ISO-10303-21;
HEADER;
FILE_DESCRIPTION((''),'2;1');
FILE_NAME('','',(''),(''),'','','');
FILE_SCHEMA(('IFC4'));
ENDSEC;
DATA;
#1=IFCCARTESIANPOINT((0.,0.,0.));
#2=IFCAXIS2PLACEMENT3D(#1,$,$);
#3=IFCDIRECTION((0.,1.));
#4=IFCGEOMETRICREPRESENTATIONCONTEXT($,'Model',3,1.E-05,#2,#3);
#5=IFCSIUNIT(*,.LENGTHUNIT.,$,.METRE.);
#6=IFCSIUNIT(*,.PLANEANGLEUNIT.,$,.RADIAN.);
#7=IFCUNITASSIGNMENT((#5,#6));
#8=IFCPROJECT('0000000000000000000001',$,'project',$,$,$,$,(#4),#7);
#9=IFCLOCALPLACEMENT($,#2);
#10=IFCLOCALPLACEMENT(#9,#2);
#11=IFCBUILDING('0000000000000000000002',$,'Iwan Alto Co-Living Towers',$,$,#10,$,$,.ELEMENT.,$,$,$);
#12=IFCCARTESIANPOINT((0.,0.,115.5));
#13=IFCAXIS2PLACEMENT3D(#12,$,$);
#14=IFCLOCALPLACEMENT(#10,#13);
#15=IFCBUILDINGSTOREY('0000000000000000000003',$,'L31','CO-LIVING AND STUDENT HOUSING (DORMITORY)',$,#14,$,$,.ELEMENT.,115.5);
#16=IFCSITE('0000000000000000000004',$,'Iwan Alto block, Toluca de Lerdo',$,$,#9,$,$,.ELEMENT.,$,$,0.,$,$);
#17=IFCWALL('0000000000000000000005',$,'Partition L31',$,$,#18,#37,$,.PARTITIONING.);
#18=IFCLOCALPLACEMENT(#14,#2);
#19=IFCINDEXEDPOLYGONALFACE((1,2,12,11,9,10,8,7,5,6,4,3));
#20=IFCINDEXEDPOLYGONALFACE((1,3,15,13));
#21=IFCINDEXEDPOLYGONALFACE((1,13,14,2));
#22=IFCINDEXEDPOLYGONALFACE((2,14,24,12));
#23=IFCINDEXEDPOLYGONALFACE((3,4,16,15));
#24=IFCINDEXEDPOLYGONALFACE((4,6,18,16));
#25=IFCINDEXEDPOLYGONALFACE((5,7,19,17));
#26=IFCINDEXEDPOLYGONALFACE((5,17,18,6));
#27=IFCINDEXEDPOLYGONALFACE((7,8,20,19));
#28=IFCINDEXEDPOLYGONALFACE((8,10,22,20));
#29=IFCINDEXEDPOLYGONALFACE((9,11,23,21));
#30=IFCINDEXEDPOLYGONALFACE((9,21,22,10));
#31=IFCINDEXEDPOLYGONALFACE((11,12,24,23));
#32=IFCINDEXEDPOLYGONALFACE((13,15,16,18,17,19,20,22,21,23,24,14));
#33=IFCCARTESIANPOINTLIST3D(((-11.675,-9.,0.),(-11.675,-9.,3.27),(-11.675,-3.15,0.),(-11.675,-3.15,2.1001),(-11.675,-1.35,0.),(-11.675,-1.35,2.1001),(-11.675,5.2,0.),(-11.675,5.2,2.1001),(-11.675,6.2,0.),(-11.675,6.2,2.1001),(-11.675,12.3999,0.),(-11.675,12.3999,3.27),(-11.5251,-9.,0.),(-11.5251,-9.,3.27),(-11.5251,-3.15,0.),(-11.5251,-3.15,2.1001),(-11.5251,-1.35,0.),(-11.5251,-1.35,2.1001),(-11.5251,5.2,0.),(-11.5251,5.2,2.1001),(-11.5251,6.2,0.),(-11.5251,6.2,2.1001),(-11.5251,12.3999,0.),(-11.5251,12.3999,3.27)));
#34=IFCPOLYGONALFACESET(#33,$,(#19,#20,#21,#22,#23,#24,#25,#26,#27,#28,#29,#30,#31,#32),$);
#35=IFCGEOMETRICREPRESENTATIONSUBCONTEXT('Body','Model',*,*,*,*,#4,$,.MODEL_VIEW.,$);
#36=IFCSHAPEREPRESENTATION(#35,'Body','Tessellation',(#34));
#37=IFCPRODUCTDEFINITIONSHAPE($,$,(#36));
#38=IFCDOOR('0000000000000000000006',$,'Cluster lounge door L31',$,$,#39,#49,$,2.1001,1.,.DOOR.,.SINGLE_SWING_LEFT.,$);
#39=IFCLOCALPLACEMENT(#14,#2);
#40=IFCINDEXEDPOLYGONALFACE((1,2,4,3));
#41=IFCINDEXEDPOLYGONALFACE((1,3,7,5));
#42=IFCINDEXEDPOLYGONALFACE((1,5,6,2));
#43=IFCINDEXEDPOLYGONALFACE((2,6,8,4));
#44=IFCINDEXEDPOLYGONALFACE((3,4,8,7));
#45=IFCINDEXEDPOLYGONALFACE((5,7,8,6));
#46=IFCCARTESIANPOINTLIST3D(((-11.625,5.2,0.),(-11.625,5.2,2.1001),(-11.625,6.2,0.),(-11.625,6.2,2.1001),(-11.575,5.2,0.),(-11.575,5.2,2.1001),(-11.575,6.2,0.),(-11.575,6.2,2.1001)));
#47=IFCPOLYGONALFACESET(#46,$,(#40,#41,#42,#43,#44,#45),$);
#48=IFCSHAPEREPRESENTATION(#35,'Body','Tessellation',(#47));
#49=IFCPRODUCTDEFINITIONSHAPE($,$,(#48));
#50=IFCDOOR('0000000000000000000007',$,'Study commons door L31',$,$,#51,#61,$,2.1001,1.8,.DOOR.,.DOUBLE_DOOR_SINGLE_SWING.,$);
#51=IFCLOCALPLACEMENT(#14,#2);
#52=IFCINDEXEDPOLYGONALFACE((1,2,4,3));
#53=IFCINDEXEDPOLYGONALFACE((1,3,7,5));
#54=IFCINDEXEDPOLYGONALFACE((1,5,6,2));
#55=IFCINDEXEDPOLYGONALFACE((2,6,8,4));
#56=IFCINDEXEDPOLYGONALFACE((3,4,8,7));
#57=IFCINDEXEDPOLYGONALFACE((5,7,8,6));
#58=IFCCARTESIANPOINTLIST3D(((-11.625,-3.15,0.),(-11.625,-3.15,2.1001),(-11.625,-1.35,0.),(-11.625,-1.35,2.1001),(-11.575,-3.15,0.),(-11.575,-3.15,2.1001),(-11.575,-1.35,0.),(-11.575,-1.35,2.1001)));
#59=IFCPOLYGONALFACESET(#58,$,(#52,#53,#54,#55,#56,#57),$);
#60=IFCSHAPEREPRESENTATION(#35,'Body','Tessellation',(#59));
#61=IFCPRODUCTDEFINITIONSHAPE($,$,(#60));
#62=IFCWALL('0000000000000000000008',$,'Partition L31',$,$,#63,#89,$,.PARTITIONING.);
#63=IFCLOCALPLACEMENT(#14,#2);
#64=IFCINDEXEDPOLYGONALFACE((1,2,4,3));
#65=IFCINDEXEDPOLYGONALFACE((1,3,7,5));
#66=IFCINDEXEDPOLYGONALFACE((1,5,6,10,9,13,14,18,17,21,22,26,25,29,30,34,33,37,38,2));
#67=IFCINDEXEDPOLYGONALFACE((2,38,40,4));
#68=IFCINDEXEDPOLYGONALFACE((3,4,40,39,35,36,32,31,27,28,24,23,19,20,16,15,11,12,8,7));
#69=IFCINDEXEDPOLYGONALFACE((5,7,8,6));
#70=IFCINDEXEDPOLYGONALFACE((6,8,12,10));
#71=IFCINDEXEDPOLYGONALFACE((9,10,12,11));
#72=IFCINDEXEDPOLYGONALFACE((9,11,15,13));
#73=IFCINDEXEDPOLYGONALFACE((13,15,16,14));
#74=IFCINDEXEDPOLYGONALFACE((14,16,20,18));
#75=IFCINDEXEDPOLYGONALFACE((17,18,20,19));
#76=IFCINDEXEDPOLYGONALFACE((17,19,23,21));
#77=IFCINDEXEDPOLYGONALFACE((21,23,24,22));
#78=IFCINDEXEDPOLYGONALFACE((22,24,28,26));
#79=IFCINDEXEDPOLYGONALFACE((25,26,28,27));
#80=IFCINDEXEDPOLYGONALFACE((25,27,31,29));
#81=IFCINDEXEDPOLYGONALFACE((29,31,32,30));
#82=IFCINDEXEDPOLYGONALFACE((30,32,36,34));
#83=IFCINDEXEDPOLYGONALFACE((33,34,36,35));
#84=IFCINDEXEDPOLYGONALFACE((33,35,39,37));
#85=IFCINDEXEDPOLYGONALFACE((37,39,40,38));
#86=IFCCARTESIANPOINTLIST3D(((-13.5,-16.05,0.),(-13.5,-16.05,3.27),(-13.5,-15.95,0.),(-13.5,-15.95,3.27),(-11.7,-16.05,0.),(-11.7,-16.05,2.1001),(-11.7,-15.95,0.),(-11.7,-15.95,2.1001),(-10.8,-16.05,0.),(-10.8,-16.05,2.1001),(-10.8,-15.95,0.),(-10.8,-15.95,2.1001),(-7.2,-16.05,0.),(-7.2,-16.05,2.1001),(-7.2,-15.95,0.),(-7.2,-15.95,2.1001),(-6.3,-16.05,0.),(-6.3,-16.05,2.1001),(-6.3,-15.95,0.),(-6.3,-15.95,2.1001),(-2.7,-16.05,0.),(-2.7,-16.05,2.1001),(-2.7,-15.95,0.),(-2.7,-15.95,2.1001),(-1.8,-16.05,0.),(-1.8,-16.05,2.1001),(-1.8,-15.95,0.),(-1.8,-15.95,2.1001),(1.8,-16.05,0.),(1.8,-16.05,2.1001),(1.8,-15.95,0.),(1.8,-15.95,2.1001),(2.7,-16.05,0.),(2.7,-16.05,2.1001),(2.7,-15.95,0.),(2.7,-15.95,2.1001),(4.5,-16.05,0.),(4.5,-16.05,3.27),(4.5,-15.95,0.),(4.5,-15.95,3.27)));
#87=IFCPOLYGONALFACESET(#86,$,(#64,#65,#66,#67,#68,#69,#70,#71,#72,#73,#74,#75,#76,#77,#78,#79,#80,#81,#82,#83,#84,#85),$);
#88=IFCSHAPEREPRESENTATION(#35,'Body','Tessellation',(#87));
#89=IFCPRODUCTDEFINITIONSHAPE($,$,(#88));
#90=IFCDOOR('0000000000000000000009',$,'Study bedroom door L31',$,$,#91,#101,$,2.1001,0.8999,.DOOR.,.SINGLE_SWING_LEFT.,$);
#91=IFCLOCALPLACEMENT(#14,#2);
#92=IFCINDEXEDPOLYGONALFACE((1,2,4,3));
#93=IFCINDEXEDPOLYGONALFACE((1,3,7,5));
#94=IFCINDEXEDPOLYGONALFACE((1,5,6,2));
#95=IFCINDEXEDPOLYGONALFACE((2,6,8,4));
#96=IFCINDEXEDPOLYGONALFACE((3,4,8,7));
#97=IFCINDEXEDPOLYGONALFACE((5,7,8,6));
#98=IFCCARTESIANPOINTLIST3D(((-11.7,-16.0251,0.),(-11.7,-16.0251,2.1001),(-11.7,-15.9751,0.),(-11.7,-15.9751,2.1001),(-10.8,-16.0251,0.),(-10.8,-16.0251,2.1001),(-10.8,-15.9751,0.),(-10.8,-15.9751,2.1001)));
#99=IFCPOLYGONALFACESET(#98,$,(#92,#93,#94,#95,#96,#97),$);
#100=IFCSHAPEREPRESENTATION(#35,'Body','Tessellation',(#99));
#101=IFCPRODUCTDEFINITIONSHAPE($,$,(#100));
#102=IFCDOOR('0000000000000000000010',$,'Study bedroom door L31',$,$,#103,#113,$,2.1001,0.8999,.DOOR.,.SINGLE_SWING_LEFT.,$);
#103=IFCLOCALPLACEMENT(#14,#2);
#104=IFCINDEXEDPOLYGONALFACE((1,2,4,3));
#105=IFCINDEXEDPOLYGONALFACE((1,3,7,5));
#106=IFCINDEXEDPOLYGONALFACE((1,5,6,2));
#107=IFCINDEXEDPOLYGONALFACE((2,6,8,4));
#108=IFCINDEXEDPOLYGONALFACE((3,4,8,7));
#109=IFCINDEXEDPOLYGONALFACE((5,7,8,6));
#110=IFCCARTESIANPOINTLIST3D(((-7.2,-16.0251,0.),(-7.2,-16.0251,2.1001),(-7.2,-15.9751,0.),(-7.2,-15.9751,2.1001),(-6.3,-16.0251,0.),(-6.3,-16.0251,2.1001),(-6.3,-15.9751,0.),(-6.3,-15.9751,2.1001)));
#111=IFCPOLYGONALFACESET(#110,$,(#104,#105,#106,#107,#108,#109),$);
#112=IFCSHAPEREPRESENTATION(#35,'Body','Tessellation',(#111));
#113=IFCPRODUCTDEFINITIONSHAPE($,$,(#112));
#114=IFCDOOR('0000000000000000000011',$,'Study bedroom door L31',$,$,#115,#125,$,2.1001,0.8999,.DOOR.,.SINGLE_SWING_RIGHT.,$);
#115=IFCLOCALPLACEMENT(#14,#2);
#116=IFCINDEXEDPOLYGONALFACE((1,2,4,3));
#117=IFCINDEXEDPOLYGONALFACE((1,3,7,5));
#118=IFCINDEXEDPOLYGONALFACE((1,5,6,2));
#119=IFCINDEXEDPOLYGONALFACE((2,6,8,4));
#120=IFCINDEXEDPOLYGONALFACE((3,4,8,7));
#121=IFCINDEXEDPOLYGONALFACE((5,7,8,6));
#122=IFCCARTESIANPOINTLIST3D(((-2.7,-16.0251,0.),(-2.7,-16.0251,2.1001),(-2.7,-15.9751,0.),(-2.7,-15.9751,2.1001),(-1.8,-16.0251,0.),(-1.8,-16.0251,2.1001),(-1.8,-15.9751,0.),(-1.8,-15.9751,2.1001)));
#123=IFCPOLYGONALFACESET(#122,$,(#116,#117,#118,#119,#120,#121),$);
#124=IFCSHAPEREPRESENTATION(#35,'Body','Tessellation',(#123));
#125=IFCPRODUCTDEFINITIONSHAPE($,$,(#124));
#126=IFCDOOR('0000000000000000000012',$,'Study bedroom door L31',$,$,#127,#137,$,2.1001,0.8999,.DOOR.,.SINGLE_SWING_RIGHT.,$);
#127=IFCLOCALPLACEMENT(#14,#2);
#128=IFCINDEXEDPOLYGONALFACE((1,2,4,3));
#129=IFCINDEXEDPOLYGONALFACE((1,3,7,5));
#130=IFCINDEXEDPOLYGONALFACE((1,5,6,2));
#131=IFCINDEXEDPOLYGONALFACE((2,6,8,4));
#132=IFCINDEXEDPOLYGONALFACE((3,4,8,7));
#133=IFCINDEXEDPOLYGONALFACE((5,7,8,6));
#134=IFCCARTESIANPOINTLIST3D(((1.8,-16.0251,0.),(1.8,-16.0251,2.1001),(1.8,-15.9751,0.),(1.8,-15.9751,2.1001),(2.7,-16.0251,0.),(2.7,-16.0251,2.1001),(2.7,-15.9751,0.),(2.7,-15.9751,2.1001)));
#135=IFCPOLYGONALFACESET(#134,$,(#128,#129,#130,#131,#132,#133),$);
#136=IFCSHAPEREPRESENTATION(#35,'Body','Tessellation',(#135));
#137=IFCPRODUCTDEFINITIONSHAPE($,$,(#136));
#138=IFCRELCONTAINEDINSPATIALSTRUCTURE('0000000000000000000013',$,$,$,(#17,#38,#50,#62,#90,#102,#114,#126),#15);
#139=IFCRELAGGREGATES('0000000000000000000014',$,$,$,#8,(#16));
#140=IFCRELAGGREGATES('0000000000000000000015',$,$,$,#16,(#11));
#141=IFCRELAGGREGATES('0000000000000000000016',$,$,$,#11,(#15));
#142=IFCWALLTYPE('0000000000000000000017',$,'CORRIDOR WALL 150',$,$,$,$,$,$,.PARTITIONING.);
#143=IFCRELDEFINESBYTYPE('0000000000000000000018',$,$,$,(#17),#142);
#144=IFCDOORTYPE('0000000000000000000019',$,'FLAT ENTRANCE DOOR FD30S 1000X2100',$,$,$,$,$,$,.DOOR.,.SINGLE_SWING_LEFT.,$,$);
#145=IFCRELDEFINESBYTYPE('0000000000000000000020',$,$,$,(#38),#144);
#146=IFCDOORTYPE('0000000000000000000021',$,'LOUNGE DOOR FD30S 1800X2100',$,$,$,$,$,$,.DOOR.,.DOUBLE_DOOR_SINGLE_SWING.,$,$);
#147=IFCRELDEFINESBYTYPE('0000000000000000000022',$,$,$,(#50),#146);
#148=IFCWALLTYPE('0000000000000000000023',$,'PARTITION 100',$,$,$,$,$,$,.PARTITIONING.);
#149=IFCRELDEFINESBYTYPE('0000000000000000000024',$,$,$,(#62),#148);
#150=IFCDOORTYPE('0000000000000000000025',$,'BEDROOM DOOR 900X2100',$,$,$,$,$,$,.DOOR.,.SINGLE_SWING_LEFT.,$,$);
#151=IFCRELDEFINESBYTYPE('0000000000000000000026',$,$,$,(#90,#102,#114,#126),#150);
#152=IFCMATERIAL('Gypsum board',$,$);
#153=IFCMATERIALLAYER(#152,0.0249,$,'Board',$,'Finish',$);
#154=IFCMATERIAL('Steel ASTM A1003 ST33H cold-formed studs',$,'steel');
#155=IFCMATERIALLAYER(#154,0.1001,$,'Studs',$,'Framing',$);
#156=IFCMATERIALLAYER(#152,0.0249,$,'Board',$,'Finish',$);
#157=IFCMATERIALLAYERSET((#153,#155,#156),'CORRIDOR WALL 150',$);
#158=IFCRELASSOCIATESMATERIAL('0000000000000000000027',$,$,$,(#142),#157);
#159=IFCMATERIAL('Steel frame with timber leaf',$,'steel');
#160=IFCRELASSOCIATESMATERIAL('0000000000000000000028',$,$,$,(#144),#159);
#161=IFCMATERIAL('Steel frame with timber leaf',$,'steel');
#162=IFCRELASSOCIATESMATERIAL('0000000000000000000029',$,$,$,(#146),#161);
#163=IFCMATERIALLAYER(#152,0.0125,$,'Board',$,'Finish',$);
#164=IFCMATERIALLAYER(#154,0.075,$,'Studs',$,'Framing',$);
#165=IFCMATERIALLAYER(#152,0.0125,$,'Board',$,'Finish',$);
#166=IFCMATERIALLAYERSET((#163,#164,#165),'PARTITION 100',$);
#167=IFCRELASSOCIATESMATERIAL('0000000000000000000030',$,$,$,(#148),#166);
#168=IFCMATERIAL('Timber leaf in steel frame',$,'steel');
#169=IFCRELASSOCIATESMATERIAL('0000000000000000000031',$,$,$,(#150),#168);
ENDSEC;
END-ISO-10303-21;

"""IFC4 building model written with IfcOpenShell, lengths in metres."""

from ifc_helpers import new_model, si_unit, direction, frame, frame_2d, origin, place, context, subcontext, project, spatial, rectangle, extrude, material, layer, layer_set, type_object, element, fill, save


model = new_model("IFC4")

# Units and contexts
model_context = context("Model", 3, precision=1e-05, world=origin(), true_north=direction((0.0, 1.0)))
body_context = subcontext(model_context, "Body", "Model", "MODEL_VIEW")
ifc_project = project(units=[si_unit("LENGTHUNIT", "METRE"), si_unit("PLANEANGLEUNIT", "RADIAN")], contexts=[model_context])

# Site, building, storey
site_placement = place(None, origin())
site = spatial("IfcSite", under=ifc_project, at=site_placement, Name="Iwan Alto block, Toluca de Lerdo", CompositionType="ELEMENT", RefElevation=0.0)
building_placement = place(site_placement, origin())
building = spatial("IfcBuilding", under=site, at=building_placement, Name="Iwan Alto Co-Living Towers", CompositionType="ELEMENT")
storey_placement = place(building_placement, frame((0.0, 0.0, 115.5)))
storey = spatial("IfcBuildingStorey", under=building, at=storey_placement, Name="L31", Description="CO-LIVING AND STUDENT HOUSING (DORMITORY)", CompositionType="ELEMENT", Elevation=115.5)

# Shared definitions
ifc_material_1 = material(Name="Gypsum board")
ifc_layer_1 = layer(ifc_material_1, 0.0249, Name="Board", Category="Finish")
ifc_material_2 = material(Name="Steel ASTM A1003 ST33H cold-formed studs", Category="steel")
ifc_layer_2 = layer(ifc_material_2, 0.1001, Name="Studs", Category="Framing")
ifc_layer_3 = layer(ifc_material_1, 0.0249, Name="Board", Category="Finish")
ifc_layer_set_1 = layer_set([ifc_layer_1, ifc_layer_2, ifc_layer_3], Name="CORRIDOR WALL 150")
wall_type_1 = type_object("IfcWallType", Name="CORRIDOR WALL 150", PredefinedType="PARTITIONING", material=ifc_layer_set_1)
ifc_material_3 = material(Name="Steel frame with timber leaf", Category="steel")
door_type_1 = type_object("IfcDoorType", Name="FLAT ENTRANCE DOOR FD30S 1000X2100", OperationType="SINGLE_SWING_LEFT", PredefinedType="DOOR", material=ifc_material_3)

# Walls, openings, doors
wall_1_placement = place(storey_placement, frame((-11.6001, -9.0, 0.0), z_axis=(0.0, 0.0, 1.0), x_axis=(0.0, 1.0, 0.0)))
wall_1 = element("IfcWall", 1, at=wall_1_placement, inside=storey, type_object=wall_type_1, Name="Partition L31", PredefinedType="PARTITIONING", context=body_context, shape_type="SweptSolid", body=[
    extrude(rectangle(XDim=21.3999, YDim=0.1499, at=frame_2d((10.7, 0.0))), origin(), (0.0, 0.0, 1.0), 3.27),
])
opening_1_placement = place(wall_1_placement, frame((14.2, 0.0, 0.0)))
opening_1 = element("IfcOpeningElement", 2, at=opening_1_placement, cuts=wall_1, PredefinedType="OPENING", context=body_context, shape_type="SweptSolid", body=[
    extrude(rectangle(XDim=1.0, YDim=2.1001, at=frame_2d((0.5, 1.05))), frame((0.0, 0.085, 0.0), z_axis=(0.0, -1.0, 0.0), x_axis=(1.0, 0.0, 0.0)), (0.0, 0.0, 1.0), 0.1699),
])
opening_2_placement = place(wall_1_placement, frame((5.8501, 0.0, 0.0)))
opening_2 = element("IfcOpeningElement", 3, at=opening_2_placement, cuts=wall_1, PredefinedType="OPENING", context=body_context, shape_type="SweptSolid", body=[
    extrude(rectangle(XDim=1.8, YDim=2.1001, at=frame_2d((0.8999, 1.05))), frame((0.0, 0.085, 0.0), z_axis=(0.0, -1.0, 0.0), x_axis=(1.0, 0.0, 0.0)), (0.0, 0.0, 1.0), 0.1699),
])
door_1_placement = place(opening_1_placement, origin())
door_1 = element("IfcDoor", 4, at=door_1_placement, inside=storey, type_object=door_type_1, Name="Cluster lounge door L31", OperationType="SINGLE_SWING_LEFT", OverallHeight=2.1001, OverallWidth=1.0, PredefinedType="DOOR", context=body_context, shape_type="SweptSolid", body=[
    extrude(rectangle(XDim=1.0, YDim=2.1001, at=frame_2d((0.5, 1.05))), frame((0.0, 0.0249, 0.0), z_axis=(0.0, -1.0, 0.0), x_axis=(1.0, 0.0, 0.0)), (0.0, 0.0, 1.0), 0.05),
])
fill(opening_1, door_1)
ifc_material_4 = material(Name="Steel frame with timber leaf", Category="steel")
door_type_2 = type_object("IfcDoorType", Name="LOUNGE DOOR FD30S 1800X2100", OperationType="DOUBLE_DOOR_SINGLE_SWING", PredefinedType="DOOR", material=ifc_material_4)
door_2_placement = place(opening_2_placement, origin())
door_2 = element("IfcDoor", 5, at=door_2_placement, inside=storey, type_object=door_type_2, Name="Study commons door L31", OperationType="DOUBLE_DOOR_SINGLE_SWING", OverallHeight=2.1001, OverallWidth=1.8, PredefinedType="DOOR", context=body_context, shape_type="SweptSolid", body=[
    extrude(rectangle(XDim=1.8, YDim=2.1001, at=frame_2d((0.8999, 1.05))), frame((0.0, 0.0249, 0.0), z_axis=(0.0, -1.0, 0.0), x_axis=(1.0, 0.0, 0.0)), (0.0, 0.0, 1.0), 0.05),
])
fill(opening_2, door_2)
ifc_layer_4 = layer(ifc_material_1, 0.0125, Name="Board", Category="Finish")
ifc_layer_5 = layer(ifc_material_2, 0.075, Name="Studs", Category="Framing")
ifc_layer_6 = layer(ifc_material_1, 0.0125, Name="Board", Category="Finish")
ifc_layer_set_2 = layer_set([ifc_layer_4, ifc_layer_5, ifc_layer_6], Name="PARTITION 100")
wall_type_2 = type_object("IfcWallType", Name="PARTITION 100", PredefinedType="PARTITIONING", material=ifc_layer_set_2)
wall_2_placement = place(storey_placement, frame((-13.5, -16.0, 0.0), z_axis=(0.0, 0.0, 1.0), x_axis=(1.0, 0.0, 0.0)))
wall_2 = element("IfcWall", 6, at=wall_2_placement, inside=storey, type_object=wall_type_2, Name="Partition L31", PredefinedType="PARTITIONING", context=body_context, shape_type="SweptSolid", body=[
    extrude(rectangle(XDim=18.0, YDim=0.1001, at=frame_2d((9.0, 0.0))), origin(), (0.0, 0.0, 1.0), 3.27),
])
opening_3_placement = place(wall_2_placement, frame((1.8, 0.0, 0.0)))
opening_3 = element("IfcOpeningElement", 7, at=opening_3_placement, cuts=wall_2, PredefinedType="OPENING", context=body_context, shape_type="SweptSolid", body=[
    extrude(rectangle(XDim=0.8999, YDim=2.1001, at=frame_2d((0.45, 1.05))), frame((0.0, 0.0601, 0.0), z_axis=(0.0, -1.0, 0.0), x_axis=(1.0, 0.0, 0.0)), (0.0, 0.0, 1.0), 0.1201),
])
opening_4_placement = place(wall_2_placement, frame((6.3, 0.0, 0.0)))
opening_4 = element("IfcOpeningElement", 8, at=opening_4_placement, cuts=wall_2, PredefinedType="OPENING", context=body_context, shape_type="SweptSolid", body=[
    extrude(rectangle(XDim=0.8999, YDim=2.1001, at=frame_2d((0.45, 1.05))), frame((0.0, 0.0601, 0.0), z_axis=(0.0, -1.0, 0.0), x_axis=(1.0, 0.0, 0.0)), (0.0, 0.0, 1.0), 0.1201),
])
opening_5_placement = place(wall_2_placement, frame((10.8, 0.0, 0.0)))
opening_5 = element("IfcOpeningElement", 9, at=opening_5_placement, cuts=wall_2, PredefinedType="OPENING", context=body_context, shape_type="SweptSolid", body=[
    extrude(rectangle(XDim=0.8999, YDim=2.1001, at=frame_2d((0.45, 1.05))), frame((0.0, 0.0601, 0.0), z_axis=(0.0, -1.0, 0.0), x_axis=(1.0, 0.0, 0.0)), (0.0, 0.0, 1.0), 0.1201),
])
opening_6_placement = place(wall_2_placement, frame((15.3, 0.0, 0.0)))
opening_6 = element("IfcOpeningElement", 10, at=opening_6_placement, cuts=wall_2, PredefinedType="OPENING", context=body_context, shape_type="SweptSolid", body=[
    extrude(rectangle(XDim=0.8999, YDim=2.1001, at=frame_2d((0.45, 1.05))), frame((0.0, 0.0601, 0.0), z_axis=(0.0, -1.0, 0.0), x_axis=(1.0, 0.0, 0.0)), (0.0, 0.0, 1.0), 0.1201),
])
ifc_material_5 = material(Name="Timber leaf in steel frame", Category="steel")
door_type_3 = type_object("IfcDoorType", Name="BEDROOM DOOR 900X2100", OperationType="SINGLE_SWING_LEFT", PredefinedType="DOOR", material=ifc_material_5)
door_3_placement = place(opening_3_placement, origin())
door_3 = element("IfcDoor", 11, at=door_3_placement, inside=storey, type_object=door_type_3, Name="Study bedroom door L31", OperationType="SINGLE_SWING_LEFT", OverallHeight=2.1001, OverallWidth=0.8999, PredefinedType="DOOR", context=body_context, shape_type="SweptSolid", body=[
    extrude(rectangle(XDim=0.8999, YDim=2.1001, at=frame_2d((0.45, 1.05))), frame((0.0, 0.0249, 0.0), z_axis=(0.0, -1.0, 0.0), x_axis=(1.0, 0.0, 0.0)), (0.0, 0.0, 1.0), 0.05),
])
fill(opening_3, door_3)
door_4_placement = place(opening_4_placement, origin())
door_4 = element("IfcDoor", 12, at=door_4_placement, inside=storey, type_object=door_type_3, Name="Study bedroom door L31", OperationType="SINGLE_SWING_LEFT", OverallHeight=2.1001, OverallWidth=0.8999, PredefinedType="DOOR", context=body_context, shape_type="SweptSolid", body=[
    extrude(rectangle(XDim=0.8999, YDim=2.1001, at=frame_2d((0.45, 1.05))), frame((0.0, 0.0249, 0.0), z_axis=(0.0, -1.0, 0.0), x_axis=(1.0, 0.0, 0.0)), (0.0, 0.0, 1.0), 0.05),
])
fill(opening_4, door_4)
door_5_placement = place(opening_5_placement, origin())
door_5 = element("IfcDoor", 13, at=door_5_placement, inside=storey, type_object=door_type_3, Name="Study bedroom door L31", OperationType="SINGLE_SWING_RIGHT", OverallHeight=2.1001, OverallWidth=0.8999, PredefinedType="DOOR", context=body_context, shape_type="SweptSolid", body=[
    extrude(rectangle(XDim=0.8999, YDim=2.1001, at=frame_2d((0.45, 1.05))), frame((0.0, 0.0249, 0.0), z_axis=(0.0, -1.0, 0.0), x_axis=(1.0, 0.0, 0.0)), (0.0, 0.0, 1.0), 0.05),
])
fill(opening_5, door_5)
door_6_placement = place(opening_6_placement, origin())
door_6 = element("IfcDoor", 14, at=door_6_placement, inside=storey, type_object=door_type_3, Name="Study bedroom door L31", OperationType="SINGLE_SWING_RIGHT", OverallHeight=2.1001, OverallWidth=0.8999, PredefinedType="DOOR", context=body_context, shape_type="SweptSolid", body=[
    extrude(rectangle(XDim=0.8999, YDim=2.1001, at=frame_2d((0.45, 1.05))), frame((0.0, 0.0249, 0.0), z_axis=(0.0, -1.0, 0.0), x_axis=(1.0, 0.0, 0.0)), (0.0, 0.0, 1.0), 0.05),
])
fill(opening_6, door_6)

save(model, "model.ifc")
